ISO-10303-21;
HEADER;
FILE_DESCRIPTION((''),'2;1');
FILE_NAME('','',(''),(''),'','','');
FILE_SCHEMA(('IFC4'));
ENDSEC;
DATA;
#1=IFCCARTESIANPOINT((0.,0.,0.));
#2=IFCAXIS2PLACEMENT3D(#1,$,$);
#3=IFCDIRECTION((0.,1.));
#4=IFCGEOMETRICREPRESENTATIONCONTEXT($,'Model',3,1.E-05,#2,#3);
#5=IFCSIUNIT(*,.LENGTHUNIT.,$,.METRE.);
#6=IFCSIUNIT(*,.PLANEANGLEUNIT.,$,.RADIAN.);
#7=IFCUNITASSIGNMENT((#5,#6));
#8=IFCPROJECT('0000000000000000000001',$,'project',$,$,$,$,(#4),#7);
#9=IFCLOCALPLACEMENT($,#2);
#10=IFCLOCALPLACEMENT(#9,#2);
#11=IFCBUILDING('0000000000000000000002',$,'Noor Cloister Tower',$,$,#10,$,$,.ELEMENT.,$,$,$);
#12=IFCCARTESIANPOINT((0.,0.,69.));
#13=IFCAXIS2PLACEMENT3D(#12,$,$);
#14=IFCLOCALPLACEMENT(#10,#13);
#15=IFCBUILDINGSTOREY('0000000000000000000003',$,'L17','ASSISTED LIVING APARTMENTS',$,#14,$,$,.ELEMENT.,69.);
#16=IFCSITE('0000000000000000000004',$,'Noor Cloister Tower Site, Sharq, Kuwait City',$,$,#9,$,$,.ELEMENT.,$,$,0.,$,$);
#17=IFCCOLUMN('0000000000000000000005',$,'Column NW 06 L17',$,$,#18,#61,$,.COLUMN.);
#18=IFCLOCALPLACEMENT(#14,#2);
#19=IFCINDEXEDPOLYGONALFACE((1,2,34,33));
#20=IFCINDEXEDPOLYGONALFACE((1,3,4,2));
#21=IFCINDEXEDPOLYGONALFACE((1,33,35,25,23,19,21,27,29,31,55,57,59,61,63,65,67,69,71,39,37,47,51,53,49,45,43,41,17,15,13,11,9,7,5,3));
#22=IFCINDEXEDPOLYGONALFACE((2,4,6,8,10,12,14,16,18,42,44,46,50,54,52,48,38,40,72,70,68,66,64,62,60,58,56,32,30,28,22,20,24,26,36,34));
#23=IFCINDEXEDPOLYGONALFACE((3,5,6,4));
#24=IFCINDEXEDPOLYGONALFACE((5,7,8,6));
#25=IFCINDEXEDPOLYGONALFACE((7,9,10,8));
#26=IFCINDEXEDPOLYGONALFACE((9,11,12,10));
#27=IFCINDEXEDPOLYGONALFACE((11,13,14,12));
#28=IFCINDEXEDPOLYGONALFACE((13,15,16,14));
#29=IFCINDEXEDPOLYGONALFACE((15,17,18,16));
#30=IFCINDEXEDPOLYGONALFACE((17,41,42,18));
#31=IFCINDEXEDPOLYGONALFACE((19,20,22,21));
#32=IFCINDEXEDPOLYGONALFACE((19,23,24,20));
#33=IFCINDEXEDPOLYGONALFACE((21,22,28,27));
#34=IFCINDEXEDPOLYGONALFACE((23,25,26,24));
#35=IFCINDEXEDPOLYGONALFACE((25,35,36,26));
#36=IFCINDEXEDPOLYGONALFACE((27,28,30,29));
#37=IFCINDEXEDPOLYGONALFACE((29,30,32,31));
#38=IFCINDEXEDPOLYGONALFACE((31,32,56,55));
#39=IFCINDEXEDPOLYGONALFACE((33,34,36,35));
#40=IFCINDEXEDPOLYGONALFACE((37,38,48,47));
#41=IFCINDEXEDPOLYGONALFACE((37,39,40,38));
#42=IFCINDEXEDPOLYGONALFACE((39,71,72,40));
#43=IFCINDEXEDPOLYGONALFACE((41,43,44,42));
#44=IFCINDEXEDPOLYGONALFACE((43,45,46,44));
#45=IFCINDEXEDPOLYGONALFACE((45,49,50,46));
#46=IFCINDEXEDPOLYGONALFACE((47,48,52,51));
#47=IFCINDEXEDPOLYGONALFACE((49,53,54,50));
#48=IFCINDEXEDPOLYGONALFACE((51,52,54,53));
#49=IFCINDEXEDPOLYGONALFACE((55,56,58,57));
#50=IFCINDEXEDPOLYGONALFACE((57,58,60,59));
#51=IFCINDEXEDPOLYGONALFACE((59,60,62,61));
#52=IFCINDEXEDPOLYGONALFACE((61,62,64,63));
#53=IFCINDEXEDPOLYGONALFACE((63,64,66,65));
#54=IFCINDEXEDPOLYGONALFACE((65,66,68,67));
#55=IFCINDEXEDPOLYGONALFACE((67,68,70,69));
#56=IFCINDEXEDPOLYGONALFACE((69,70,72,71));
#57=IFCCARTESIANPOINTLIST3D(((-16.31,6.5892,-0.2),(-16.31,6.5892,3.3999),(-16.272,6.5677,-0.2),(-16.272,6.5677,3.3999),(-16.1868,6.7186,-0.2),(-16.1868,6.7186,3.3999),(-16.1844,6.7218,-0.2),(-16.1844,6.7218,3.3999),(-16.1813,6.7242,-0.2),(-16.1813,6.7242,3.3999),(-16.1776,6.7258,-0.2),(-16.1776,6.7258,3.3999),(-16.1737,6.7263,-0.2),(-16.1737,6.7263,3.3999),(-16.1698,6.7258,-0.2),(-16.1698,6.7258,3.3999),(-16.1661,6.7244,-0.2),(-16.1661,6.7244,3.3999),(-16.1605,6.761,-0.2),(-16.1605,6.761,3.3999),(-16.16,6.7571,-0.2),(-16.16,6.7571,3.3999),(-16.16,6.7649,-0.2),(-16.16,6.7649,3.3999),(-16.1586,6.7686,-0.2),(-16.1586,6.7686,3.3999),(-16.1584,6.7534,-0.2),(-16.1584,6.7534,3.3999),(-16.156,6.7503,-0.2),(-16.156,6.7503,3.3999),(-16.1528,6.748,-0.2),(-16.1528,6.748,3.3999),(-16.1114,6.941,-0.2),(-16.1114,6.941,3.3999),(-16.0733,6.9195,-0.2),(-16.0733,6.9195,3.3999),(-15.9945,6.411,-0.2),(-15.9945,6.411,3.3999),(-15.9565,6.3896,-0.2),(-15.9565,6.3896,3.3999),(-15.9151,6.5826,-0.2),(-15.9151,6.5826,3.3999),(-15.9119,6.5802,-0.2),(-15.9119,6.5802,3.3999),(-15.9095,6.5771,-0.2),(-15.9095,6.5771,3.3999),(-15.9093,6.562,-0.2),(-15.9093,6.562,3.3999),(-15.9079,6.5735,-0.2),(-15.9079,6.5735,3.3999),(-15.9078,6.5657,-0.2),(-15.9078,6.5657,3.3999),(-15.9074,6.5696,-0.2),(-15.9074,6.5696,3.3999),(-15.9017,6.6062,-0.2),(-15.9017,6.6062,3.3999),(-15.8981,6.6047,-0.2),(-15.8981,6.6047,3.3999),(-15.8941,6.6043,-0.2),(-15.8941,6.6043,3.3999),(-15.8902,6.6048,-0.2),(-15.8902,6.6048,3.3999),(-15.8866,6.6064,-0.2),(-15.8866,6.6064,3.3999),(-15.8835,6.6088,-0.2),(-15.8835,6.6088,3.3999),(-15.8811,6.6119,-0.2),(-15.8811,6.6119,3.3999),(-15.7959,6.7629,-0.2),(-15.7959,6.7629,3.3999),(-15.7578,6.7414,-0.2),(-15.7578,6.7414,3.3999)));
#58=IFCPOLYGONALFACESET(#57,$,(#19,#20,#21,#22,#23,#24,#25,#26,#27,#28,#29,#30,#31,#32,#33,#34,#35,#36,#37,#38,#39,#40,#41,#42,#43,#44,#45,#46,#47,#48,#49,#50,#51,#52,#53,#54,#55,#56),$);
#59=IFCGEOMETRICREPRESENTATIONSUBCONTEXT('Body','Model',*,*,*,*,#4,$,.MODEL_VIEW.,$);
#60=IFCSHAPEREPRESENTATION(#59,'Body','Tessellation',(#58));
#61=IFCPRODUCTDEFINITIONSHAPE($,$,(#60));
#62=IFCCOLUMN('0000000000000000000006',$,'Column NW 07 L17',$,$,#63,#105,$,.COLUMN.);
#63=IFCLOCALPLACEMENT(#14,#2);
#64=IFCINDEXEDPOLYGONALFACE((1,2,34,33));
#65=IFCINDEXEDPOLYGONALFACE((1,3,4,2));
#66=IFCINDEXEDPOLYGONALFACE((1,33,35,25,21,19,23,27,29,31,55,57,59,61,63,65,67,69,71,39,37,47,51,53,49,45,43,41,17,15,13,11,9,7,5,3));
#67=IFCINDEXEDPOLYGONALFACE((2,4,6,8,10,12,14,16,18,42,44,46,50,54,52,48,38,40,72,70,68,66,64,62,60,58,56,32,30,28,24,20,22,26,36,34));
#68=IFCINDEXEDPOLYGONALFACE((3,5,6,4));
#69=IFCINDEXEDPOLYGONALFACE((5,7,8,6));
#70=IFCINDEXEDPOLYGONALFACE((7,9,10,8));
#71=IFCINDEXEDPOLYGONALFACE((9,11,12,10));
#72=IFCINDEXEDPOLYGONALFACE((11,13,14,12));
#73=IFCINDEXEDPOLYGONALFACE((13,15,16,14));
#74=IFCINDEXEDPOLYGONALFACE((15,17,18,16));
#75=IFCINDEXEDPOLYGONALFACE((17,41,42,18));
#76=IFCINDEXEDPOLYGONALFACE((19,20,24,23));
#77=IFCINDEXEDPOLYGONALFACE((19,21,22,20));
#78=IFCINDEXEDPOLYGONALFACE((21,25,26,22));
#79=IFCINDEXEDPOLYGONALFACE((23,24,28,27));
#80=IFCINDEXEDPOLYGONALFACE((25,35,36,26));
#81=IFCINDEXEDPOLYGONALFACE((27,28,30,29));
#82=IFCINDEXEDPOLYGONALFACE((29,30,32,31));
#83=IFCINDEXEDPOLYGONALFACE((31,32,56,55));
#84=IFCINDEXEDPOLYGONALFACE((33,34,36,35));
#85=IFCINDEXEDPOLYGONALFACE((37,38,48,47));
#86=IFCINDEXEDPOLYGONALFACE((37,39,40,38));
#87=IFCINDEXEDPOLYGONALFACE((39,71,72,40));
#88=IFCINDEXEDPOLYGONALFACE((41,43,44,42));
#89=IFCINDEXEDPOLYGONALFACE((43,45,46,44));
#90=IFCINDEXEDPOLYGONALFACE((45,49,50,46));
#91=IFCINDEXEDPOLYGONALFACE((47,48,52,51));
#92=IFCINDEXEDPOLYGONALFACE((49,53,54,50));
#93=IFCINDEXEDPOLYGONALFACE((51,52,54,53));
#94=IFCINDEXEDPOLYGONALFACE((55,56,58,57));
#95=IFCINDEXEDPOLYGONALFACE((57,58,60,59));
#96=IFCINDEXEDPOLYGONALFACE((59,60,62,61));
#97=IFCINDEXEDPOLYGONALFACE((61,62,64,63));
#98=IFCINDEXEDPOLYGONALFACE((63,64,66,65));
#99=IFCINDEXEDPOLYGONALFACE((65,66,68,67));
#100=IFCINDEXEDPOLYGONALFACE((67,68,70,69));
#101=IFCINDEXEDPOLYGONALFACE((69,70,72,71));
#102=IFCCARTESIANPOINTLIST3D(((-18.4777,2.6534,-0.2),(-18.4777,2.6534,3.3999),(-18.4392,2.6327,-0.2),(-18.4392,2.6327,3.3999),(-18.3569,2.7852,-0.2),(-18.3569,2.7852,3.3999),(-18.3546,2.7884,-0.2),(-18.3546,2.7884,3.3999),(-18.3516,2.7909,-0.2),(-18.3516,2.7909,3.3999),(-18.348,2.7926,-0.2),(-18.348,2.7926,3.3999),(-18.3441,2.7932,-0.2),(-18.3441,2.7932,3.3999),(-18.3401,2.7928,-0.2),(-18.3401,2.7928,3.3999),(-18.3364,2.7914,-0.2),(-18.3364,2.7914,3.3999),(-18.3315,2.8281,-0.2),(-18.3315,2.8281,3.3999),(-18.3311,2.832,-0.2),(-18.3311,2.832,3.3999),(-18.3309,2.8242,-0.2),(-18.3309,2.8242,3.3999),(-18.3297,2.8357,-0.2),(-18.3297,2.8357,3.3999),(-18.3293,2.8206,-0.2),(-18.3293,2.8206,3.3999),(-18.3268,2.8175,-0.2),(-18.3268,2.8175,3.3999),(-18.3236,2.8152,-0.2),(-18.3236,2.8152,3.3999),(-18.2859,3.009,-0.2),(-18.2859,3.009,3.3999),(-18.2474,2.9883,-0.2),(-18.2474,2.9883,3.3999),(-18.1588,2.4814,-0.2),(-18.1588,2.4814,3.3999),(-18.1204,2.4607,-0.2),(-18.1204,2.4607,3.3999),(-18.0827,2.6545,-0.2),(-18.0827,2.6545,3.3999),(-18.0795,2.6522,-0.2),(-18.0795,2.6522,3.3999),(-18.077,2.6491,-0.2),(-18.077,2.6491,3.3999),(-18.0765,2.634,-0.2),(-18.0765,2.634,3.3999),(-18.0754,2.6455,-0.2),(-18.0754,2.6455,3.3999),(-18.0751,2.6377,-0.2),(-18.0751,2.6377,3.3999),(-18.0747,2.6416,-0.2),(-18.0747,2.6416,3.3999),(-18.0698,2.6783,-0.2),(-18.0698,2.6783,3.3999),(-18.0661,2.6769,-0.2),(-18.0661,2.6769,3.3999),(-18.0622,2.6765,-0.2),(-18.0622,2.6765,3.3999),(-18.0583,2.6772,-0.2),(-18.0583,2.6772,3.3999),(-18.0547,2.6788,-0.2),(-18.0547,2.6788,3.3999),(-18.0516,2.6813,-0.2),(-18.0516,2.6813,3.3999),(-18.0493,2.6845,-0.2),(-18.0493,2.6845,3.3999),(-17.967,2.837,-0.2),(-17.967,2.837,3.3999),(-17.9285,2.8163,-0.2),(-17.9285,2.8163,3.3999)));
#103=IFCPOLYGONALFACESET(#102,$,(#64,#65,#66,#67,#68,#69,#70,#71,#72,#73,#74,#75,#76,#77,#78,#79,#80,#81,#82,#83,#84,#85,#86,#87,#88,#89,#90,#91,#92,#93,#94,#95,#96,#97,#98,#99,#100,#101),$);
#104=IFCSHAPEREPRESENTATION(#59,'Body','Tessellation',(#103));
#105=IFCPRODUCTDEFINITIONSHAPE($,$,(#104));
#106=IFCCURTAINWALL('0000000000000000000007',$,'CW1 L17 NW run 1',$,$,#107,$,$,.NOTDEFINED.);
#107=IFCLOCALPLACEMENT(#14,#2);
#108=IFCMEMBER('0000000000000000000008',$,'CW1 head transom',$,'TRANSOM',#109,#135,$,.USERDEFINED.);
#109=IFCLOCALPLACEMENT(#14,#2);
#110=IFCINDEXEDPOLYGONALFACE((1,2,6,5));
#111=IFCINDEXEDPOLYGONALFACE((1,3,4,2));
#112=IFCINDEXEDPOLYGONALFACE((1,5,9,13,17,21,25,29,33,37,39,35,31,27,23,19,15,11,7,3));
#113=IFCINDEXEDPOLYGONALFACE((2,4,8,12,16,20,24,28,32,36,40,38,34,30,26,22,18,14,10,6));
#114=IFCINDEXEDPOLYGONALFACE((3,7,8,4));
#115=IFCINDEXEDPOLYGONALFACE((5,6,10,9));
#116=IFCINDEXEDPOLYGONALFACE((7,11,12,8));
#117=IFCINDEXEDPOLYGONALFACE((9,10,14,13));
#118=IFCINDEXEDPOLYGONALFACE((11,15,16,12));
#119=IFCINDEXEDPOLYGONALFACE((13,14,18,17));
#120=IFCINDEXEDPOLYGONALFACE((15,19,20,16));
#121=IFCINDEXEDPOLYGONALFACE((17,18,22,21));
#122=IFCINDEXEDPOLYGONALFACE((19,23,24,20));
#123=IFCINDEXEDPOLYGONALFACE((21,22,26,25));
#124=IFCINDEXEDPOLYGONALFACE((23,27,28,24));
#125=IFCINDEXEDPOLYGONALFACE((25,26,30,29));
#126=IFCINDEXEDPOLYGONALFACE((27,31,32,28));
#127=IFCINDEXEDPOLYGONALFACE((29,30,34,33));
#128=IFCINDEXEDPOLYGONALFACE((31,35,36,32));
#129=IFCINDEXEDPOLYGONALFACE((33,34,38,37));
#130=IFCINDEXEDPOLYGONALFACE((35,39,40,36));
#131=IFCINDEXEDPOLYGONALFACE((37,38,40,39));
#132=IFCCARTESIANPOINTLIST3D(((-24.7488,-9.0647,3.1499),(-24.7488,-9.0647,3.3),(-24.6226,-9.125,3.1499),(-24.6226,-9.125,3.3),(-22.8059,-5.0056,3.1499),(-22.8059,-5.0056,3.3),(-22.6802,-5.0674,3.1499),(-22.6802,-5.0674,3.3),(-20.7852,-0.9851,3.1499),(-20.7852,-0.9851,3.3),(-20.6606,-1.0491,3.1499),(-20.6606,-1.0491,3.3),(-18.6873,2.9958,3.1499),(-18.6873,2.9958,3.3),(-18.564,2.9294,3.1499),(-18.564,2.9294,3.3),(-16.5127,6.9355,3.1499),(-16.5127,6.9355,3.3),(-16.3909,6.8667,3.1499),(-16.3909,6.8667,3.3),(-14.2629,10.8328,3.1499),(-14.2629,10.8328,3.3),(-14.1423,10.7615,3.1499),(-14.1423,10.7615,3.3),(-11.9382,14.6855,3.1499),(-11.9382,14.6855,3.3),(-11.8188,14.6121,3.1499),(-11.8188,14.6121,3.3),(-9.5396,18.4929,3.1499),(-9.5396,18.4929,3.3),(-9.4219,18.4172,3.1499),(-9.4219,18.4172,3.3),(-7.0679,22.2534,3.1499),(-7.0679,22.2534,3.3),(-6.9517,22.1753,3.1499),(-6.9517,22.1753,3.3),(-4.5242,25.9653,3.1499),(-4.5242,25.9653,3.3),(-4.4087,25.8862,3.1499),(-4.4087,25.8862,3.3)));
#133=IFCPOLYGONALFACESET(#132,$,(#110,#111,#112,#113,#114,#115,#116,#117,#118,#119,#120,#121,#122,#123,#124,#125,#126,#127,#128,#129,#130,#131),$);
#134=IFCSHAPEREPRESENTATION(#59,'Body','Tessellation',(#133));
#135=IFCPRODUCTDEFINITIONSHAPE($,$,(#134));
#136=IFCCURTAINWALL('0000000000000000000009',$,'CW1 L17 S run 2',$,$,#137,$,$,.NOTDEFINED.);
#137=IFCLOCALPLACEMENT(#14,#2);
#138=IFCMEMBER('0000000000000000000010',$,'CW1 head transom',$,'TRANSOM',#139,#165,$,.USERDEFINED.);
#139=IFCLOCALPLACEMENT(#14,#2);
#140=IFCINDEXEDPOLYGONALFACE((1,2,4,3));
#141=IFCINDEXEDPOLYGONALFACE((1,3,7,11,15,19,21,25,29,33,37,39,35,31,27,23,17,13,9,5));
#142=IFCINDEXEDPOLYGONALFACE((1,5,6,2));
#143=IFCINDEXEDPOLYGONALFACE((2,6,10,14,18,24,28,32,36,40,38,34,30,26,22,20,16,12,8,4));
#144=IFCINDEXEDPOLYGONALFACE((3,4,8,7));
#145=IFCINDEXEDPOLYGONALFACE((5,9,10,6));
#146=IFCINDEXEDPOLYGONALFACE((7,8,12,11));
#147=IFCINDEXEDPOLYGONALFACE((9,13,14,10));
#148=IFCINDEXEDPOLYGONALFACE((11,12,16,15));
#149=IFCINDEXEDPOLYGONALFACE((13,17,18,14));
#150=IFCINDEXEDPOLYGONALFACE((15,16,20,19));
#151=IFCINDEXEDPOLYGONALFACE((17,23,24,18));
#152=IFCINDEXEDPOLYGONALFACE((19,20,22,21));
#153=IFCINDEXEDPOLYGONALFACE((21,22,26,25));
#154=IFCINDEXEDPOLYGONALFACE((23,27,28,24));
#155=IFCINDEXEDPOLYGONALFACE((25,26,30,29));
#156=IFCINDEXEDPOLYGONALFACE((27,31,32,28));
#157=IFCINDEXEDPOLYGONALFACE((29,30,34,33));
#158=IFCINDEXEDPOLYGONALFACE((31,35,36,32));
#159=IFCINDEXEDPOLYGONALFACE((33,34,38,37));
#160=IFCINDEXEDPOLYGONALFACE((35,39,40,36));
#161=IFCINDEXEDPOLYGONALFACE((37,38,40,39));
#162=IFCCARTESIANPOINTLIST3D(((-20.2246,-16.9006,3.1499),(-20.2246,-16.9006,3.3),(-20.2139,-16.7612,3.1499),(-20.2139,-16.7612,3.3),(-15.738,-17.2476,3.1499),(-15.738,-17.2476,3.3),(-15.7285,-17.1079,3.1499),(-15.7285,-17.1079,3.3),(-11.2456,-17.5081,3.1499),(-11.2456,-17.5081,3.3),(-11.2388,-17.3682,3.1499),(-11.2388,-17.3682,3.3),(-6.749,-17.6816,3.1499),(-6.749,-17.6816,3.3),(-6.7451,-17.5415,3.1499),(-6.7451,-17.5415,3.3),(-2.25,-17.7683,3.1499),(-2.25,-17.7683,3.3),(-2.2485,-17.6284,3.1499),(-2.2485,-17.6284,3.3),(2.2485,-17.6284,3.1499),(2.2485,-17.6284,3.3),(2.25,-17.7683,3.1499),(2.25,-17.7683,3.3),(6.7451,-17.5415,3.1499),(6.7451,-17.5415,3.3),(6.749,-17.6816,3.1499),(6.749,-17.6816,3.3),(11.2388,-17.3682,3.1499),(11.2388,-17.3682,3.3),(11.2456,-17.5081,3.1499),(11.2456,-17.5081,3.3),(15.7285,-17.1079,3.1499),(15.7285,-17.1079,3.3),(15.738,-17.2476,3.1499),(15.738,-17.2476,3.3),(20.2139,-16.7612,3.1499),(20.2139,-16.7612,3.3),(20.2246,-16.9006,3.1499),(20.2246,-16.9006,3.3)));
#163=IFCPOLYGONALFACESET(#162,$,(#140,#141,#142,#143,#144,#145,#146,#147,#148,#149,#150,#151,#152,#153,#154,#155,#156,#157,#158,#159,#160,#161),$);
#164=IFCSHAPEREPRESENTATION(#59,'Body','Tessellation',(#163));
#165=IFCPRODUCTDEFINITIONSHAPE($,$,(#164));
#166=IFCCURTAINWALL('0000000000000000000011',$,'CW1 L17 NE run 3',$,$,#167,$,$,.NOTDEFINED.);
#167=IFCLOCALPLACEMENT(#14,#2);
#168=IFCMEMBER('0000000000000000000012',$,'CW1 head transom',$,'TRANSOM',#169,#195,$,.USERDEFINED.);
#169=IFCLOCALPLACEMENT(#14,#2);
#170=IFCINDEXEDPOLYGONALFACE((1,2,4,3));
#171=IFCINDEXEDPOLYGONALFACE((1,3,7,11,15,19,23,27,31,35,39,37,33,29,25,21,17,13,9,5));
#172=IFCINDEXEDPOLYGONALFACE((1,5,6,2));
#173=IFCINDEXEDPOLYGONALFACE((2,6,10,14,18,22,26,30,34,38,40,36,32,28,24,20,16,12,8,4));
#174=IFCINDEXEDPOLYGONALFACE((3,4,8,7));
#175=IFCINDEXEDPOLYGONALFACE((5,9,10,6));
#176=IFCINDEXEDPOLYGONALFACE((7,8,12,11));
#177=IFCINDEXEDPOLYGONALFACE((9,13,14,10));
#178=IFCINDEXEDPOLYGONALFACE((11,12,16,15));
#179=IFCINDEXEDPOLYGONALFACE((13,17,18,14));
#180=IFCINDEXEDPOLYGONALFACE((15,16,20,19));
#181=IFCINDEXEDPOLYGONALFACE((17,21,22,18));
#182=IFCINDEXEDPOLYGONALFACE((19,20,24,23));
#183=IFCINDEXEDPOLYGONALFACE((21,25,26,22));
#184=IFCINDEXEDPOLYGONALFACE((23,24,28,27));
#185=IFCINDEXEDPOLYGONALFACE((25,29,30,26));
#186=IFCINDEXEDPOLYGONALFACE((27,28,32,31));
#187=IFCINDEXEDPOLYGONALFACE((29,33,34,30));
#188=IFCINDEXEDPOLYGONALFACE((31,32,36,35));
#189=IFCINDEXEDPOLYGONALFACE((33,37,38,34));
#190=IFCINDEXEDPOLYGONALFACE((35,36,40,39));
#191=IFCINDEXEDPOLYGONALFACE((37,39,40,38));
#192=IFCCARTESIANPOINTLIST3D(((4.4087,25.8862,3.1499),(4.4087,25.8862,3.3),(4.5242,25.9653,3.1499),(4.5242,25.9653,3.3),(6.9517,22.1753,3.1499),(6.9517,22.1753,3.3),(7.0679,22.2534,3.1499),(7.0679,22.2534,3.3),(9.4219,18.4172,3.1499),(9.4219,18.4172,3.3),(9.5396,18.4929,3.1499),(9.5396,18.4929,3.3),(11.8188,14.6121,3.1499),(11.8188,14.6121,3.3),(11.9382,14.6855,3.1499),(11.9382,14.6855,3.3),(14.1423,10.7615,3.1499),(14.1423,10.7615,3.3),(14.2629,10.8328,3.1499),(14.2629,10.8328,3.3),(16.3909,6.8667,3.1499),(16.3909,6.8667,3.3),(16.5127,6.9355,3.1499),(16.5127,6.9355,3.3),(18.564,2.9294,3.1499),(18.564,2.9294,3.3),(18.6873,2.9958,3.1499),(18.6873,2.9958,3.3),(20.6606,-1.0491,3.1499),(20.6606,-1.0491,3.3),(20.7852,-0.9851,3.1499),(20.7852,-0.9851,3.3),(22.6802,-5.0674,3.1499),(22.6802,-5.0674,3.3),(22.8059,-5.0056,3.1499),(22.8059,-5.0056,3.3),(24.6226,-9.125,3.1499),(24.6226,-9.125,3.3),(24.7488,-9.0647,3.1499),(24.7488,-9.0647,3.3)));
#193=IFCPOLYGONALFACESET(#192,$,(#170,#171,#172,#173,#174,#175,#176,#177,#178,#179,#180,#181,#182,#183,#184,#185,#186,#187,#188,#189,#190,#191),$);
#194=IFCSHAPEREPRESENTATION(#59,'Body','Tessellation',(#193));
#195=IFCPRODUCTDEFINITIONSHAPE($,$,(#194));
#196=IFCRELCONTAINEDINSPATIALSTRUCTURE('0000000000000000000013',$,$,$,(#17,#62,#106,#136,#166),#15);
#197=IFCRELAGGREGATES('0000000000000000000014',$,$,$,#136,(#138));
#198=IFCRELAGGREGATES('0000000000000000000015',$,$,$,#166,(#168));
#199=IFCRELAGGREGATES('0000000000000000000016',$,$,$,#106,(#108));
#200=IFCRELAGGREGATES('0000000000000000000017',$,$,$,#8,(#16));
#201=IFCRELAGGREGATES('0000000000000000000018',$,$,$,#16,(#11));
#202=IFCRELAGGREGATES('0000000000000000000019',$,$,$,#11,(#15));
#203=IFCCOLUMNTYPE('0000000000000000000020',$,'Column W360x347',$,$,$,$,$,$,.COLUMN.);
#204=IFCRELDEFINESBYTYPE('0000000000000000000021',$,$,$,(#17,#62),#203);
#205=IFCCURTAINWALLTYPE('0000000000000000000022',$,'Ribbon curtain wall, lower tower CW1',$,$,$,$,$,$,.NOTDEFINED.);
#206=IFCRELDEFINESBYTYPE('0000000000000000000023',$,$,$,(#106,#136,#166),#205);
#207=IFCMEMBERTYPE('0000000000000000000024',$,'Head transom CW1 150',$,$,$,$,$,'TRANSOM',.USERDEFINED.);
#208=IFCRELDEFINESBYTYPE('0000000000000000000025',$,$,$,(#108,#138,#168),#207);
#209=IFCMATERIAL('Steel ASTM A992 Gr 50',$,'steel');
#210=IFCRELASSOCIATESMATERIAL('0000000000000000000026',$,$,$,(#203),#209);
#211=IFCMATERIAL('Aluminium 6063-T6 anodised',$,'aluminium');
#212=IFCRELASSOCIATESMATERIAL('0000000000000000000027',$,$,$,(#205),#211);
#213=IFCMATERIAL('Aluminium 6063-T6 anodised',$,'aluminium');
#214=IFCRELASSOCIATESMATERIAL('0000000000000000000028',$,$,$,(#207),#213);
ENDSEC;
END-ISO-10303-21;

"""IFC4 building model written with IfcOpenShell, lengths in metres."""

from ifc_helpers import new_model, si_unit, direction, frame, origin, origin_2d, place, context, subcontext, project, spatial, polyline, i_section, outline, extrude, material, material_profile, profile_set, type_object, element, aggregate, save


model = new_model("IFC4")

# Units and contexts
model_context = context("Model", 3, precision=1e-05, world=origin(), true_north=direction((0.0, 1.0)))
body_context = subcontext(model_context, "Body", "Model", "MODEL_VIEW")
ifc_project = project(units=[si_unit("LENGTHUNIT", "METRE"), si_unit("PLANEANGLEUNIT", "RADIAN")], contexts=[model_context])

# Site, building, storey
site_placement = place(None, origin())
site = spatial("IfcSite", under=ifc_project, at=site_placement, Name="Noor Cloister Tower Site, Sharq, Kuwait City", CompositionType="ELEMENT", RefElevation=0.0)
building_placement = place(site_placement, origin())
building = spatial("IfcBuilding", under=site, at=building_placement, Name="Noor Cloister Tower", CompositionType="ELEMENT")
storey_placement = place(building_placement, frame((0.0, 0.0, 69.0)))
storey = spatial("IfcBuildingStorey", under=building, at=storey_placement, Name="L17", Description="ASSISTED LIVING APARTMENTS", CompositionType="ELEMENT", Elevation=69.0)

# Columns
ifc_material_1 = material(Name="Steel ASTM A992 Gr 50", Category="steel")
ifc_material_profile_1 = material_profile(ifc_material_1, i_section(OverallWidth=0.4041, OverallDepth=0.406, WebThickness=0.0271, FlangeThickness=0.0437, FilletRadius=0.0151, at=origin_2d()), Name="W360x347")
ifc_profile_set_1 = profile_set([ifc_material_profile_1], Name="Steel ASTM A992 Gr 50")
column_type = type_object("IfcColumnType", Name="Column W360x347", PredefinedType="COLUMN", material=ifc_profile_set_1)
for number, where, z_axis, x_axis, name in (
    (1, (-16.0339, 6.6653, -0.2), (0.0, 0.0, 1.0), (-0.491623, -0.870808, 0.0), "Column NW 06 L17"),
    (2, (-18.2031, 2.7349, -0.2), (0.0, 0.0, 1.0), (-0.474733, -0.88013, 0.0), "Column NW 07 L17"),
):
    element("IfcColumn", number, at=place(storey_placement, frame(where, z_axis=z_axis, x_axis=x_axis)), inside=storey, type_object=column_type, Name=name, PredefinedType="COLUMN", context=body_context, shape_type="SweptSolid", body=[
        extrude(i_section(OverallWidth=0.4041, OverallDepth=0.406, WebThickness=0.0271, FlangeThickness=0.0437, FilletRadius=0.0151, at=origin_2d()), origin(), (0.0, 0.0, 1.0), 3.5999),
    ])

# Curtain walls, members
ifc_material_2 = material(Name="Aluminium 6063-T6 anodised", Category="aluminium")
curtain_wall_type = type_object("IfcCurtainWallType", Name="Ribbon curtain wall, lower tower CW1", PredefinedType="NOTDEFINED", material=ifc_material_2)
curtain_wall_1_placement = place(storey_placement, origin())
curtain_wall_1 = element("IfcCurtainWall", 3, at=curtain_wall_1_placement, inside=storey, type_object=curtain_wall_type, Name="CW1 L17 NW run 1", PredefinedType="NOTDEFINED")
ifc_material_3 = material(Name="Aluminium 6063-T6 anodised", Category="aluminium")
member_type_1 = type_object("IfcMemberType", Name="Head transom CW1 150", ElementType="TRANSOM", PredefinedType="USERDEFINED", material=ifc_material_3)
member_1_placement = place(storey_placement, frame((0.0, 0.0, 3.1499)))
member_1 = element("IfcMember", 4, at=member_1_placement, type_object=member_type_1, Name="CW1 head transom", ObjectType="TRANSOM", PredefinedType="USERDEFINED", context=body_context, shape_type="SweptSolid", body=[
    extrude(outline(polyline([(-4.5242, 25.9653), (-7.0679, 22.2534), (-9.5396, 18.4929), (-11.9382, 14.6855), (-14.2629, 10.8328), (-16.5127, 6.9355), (-18.6873, 2.9958), (-20.7852, -0.9851), (-22.8059, -5.0056), (-24.7488, -9.0647), (-24.6226, -9.125), (-22.6802, -5.0674), (-20.6606, -1.0491), (-18.564, 2.9294), (-16.3909, 6.8667), (-14.1423, 10.7615), (-11.8188, 14.6121), (-9.4219, 18.4172), (-6.9517, 22.1753), (-4.4087, 25.8862), (-4.5242, 25.9653)])), origin(), (0.0, 0.0, 1.0), 0.1501),
])
curtain_wall_2_placement = place(storey_placement, origin())
curtain_wall_2 = element("IfcCurtainWall", 5, at=curtain_wall_2_placement, inside=storey, type_object=curtain_wall_type, Name="CW1 L17 S run 2", PredefinedType="NOTDEFINED")
member_2_placement = place(storey_placement, frame((0.0, 0.0, 3.1499)))
member_2 = element("IfcMember", 6, at=member_2_placement, type_object=member_type_1, Name="CW1 head transom", ObjectType="TRANSOM", PredefinedType="USERDEFINED", context=body_context, shape_type="SweptSolid", body=[
    extrude(outline(polyline([(-20.2246, -16.9006), (-15.738, -17.2476), (-11.2456, -17.5081), (-6.749, -17.6816), (-2.25, -17.7683), (2.25, -17.7683), (6.749, -17.6816), (11.2456, -17.5081), (15.738, -17.2476), (20.2246, -16.9006), (20.2139, -16.7612), (15.7285, -17.1079), (11.2388, -17.3682), (6.7451, -17.5415), (2.2485, -17.6284), (-2.2485, -17.6284), (-6.7451, -17.5415), (-11.2388, -17.3682), (-15.7285, -17.1079), (-20.2139, -16.7612), (-20.2246, -16.9006)])), origin(), (0.0, 0.0, 1.0), 0.1501),
])
curtain_wall_3_placement = place(storey_placement, origin())
curtain_wall_3 = element("IfcCurtainWall", 7, at=curtain_wall_3_placement, inside=storey, type_object=curtain_wall_type, Name="CW1 L17 NE run 3", PredefinedType="NOTDEFINED")
member_3_placement = place(storey_placement, frame((0.0, 0.0, 3.1499)))
member_3 = element("IfcMember", 8, at=member_3_placement, type_object=member_type_1, Name="CW1 head transom", ObjectType="TRANSOM", PredefinedType="USERDEFINED", context=body_context, shape_type="SweptSolid", body=[
    extrude(outline(polyline([(24.7488, -9.0647), (22.8059, -5.0056), (20.7852, -0.9851), (18.6873, 2.9958), (16.5127, 6.9355), (14.2629, 10.8328), (11.9382, 14.6855), (9.5396, 18.4929), (7.0679, 22.2534), (4.5242, 25.9653), (4.4087, 25.8862), (6.9517, 22.1753), (9.4219, 18.4172), (11.8188, 14.6121), (14.1423, 10.7615), (16.3909, 6.8667), (18.564, 2.9294), (20.6606, -1.0491), (22.6802, -5.0674), (24.6226, -9.125), (24.7488, -9.0647)])), origin(), (0.0, 0.0, 1.0), 0.1501),
])

aggregate(curtain_wall_2, [member_2])
aggregate(curtain_wall_3, [member_3])

aggregate(curtain_wall_1, [member_1])

save(model, "model.ifc")
